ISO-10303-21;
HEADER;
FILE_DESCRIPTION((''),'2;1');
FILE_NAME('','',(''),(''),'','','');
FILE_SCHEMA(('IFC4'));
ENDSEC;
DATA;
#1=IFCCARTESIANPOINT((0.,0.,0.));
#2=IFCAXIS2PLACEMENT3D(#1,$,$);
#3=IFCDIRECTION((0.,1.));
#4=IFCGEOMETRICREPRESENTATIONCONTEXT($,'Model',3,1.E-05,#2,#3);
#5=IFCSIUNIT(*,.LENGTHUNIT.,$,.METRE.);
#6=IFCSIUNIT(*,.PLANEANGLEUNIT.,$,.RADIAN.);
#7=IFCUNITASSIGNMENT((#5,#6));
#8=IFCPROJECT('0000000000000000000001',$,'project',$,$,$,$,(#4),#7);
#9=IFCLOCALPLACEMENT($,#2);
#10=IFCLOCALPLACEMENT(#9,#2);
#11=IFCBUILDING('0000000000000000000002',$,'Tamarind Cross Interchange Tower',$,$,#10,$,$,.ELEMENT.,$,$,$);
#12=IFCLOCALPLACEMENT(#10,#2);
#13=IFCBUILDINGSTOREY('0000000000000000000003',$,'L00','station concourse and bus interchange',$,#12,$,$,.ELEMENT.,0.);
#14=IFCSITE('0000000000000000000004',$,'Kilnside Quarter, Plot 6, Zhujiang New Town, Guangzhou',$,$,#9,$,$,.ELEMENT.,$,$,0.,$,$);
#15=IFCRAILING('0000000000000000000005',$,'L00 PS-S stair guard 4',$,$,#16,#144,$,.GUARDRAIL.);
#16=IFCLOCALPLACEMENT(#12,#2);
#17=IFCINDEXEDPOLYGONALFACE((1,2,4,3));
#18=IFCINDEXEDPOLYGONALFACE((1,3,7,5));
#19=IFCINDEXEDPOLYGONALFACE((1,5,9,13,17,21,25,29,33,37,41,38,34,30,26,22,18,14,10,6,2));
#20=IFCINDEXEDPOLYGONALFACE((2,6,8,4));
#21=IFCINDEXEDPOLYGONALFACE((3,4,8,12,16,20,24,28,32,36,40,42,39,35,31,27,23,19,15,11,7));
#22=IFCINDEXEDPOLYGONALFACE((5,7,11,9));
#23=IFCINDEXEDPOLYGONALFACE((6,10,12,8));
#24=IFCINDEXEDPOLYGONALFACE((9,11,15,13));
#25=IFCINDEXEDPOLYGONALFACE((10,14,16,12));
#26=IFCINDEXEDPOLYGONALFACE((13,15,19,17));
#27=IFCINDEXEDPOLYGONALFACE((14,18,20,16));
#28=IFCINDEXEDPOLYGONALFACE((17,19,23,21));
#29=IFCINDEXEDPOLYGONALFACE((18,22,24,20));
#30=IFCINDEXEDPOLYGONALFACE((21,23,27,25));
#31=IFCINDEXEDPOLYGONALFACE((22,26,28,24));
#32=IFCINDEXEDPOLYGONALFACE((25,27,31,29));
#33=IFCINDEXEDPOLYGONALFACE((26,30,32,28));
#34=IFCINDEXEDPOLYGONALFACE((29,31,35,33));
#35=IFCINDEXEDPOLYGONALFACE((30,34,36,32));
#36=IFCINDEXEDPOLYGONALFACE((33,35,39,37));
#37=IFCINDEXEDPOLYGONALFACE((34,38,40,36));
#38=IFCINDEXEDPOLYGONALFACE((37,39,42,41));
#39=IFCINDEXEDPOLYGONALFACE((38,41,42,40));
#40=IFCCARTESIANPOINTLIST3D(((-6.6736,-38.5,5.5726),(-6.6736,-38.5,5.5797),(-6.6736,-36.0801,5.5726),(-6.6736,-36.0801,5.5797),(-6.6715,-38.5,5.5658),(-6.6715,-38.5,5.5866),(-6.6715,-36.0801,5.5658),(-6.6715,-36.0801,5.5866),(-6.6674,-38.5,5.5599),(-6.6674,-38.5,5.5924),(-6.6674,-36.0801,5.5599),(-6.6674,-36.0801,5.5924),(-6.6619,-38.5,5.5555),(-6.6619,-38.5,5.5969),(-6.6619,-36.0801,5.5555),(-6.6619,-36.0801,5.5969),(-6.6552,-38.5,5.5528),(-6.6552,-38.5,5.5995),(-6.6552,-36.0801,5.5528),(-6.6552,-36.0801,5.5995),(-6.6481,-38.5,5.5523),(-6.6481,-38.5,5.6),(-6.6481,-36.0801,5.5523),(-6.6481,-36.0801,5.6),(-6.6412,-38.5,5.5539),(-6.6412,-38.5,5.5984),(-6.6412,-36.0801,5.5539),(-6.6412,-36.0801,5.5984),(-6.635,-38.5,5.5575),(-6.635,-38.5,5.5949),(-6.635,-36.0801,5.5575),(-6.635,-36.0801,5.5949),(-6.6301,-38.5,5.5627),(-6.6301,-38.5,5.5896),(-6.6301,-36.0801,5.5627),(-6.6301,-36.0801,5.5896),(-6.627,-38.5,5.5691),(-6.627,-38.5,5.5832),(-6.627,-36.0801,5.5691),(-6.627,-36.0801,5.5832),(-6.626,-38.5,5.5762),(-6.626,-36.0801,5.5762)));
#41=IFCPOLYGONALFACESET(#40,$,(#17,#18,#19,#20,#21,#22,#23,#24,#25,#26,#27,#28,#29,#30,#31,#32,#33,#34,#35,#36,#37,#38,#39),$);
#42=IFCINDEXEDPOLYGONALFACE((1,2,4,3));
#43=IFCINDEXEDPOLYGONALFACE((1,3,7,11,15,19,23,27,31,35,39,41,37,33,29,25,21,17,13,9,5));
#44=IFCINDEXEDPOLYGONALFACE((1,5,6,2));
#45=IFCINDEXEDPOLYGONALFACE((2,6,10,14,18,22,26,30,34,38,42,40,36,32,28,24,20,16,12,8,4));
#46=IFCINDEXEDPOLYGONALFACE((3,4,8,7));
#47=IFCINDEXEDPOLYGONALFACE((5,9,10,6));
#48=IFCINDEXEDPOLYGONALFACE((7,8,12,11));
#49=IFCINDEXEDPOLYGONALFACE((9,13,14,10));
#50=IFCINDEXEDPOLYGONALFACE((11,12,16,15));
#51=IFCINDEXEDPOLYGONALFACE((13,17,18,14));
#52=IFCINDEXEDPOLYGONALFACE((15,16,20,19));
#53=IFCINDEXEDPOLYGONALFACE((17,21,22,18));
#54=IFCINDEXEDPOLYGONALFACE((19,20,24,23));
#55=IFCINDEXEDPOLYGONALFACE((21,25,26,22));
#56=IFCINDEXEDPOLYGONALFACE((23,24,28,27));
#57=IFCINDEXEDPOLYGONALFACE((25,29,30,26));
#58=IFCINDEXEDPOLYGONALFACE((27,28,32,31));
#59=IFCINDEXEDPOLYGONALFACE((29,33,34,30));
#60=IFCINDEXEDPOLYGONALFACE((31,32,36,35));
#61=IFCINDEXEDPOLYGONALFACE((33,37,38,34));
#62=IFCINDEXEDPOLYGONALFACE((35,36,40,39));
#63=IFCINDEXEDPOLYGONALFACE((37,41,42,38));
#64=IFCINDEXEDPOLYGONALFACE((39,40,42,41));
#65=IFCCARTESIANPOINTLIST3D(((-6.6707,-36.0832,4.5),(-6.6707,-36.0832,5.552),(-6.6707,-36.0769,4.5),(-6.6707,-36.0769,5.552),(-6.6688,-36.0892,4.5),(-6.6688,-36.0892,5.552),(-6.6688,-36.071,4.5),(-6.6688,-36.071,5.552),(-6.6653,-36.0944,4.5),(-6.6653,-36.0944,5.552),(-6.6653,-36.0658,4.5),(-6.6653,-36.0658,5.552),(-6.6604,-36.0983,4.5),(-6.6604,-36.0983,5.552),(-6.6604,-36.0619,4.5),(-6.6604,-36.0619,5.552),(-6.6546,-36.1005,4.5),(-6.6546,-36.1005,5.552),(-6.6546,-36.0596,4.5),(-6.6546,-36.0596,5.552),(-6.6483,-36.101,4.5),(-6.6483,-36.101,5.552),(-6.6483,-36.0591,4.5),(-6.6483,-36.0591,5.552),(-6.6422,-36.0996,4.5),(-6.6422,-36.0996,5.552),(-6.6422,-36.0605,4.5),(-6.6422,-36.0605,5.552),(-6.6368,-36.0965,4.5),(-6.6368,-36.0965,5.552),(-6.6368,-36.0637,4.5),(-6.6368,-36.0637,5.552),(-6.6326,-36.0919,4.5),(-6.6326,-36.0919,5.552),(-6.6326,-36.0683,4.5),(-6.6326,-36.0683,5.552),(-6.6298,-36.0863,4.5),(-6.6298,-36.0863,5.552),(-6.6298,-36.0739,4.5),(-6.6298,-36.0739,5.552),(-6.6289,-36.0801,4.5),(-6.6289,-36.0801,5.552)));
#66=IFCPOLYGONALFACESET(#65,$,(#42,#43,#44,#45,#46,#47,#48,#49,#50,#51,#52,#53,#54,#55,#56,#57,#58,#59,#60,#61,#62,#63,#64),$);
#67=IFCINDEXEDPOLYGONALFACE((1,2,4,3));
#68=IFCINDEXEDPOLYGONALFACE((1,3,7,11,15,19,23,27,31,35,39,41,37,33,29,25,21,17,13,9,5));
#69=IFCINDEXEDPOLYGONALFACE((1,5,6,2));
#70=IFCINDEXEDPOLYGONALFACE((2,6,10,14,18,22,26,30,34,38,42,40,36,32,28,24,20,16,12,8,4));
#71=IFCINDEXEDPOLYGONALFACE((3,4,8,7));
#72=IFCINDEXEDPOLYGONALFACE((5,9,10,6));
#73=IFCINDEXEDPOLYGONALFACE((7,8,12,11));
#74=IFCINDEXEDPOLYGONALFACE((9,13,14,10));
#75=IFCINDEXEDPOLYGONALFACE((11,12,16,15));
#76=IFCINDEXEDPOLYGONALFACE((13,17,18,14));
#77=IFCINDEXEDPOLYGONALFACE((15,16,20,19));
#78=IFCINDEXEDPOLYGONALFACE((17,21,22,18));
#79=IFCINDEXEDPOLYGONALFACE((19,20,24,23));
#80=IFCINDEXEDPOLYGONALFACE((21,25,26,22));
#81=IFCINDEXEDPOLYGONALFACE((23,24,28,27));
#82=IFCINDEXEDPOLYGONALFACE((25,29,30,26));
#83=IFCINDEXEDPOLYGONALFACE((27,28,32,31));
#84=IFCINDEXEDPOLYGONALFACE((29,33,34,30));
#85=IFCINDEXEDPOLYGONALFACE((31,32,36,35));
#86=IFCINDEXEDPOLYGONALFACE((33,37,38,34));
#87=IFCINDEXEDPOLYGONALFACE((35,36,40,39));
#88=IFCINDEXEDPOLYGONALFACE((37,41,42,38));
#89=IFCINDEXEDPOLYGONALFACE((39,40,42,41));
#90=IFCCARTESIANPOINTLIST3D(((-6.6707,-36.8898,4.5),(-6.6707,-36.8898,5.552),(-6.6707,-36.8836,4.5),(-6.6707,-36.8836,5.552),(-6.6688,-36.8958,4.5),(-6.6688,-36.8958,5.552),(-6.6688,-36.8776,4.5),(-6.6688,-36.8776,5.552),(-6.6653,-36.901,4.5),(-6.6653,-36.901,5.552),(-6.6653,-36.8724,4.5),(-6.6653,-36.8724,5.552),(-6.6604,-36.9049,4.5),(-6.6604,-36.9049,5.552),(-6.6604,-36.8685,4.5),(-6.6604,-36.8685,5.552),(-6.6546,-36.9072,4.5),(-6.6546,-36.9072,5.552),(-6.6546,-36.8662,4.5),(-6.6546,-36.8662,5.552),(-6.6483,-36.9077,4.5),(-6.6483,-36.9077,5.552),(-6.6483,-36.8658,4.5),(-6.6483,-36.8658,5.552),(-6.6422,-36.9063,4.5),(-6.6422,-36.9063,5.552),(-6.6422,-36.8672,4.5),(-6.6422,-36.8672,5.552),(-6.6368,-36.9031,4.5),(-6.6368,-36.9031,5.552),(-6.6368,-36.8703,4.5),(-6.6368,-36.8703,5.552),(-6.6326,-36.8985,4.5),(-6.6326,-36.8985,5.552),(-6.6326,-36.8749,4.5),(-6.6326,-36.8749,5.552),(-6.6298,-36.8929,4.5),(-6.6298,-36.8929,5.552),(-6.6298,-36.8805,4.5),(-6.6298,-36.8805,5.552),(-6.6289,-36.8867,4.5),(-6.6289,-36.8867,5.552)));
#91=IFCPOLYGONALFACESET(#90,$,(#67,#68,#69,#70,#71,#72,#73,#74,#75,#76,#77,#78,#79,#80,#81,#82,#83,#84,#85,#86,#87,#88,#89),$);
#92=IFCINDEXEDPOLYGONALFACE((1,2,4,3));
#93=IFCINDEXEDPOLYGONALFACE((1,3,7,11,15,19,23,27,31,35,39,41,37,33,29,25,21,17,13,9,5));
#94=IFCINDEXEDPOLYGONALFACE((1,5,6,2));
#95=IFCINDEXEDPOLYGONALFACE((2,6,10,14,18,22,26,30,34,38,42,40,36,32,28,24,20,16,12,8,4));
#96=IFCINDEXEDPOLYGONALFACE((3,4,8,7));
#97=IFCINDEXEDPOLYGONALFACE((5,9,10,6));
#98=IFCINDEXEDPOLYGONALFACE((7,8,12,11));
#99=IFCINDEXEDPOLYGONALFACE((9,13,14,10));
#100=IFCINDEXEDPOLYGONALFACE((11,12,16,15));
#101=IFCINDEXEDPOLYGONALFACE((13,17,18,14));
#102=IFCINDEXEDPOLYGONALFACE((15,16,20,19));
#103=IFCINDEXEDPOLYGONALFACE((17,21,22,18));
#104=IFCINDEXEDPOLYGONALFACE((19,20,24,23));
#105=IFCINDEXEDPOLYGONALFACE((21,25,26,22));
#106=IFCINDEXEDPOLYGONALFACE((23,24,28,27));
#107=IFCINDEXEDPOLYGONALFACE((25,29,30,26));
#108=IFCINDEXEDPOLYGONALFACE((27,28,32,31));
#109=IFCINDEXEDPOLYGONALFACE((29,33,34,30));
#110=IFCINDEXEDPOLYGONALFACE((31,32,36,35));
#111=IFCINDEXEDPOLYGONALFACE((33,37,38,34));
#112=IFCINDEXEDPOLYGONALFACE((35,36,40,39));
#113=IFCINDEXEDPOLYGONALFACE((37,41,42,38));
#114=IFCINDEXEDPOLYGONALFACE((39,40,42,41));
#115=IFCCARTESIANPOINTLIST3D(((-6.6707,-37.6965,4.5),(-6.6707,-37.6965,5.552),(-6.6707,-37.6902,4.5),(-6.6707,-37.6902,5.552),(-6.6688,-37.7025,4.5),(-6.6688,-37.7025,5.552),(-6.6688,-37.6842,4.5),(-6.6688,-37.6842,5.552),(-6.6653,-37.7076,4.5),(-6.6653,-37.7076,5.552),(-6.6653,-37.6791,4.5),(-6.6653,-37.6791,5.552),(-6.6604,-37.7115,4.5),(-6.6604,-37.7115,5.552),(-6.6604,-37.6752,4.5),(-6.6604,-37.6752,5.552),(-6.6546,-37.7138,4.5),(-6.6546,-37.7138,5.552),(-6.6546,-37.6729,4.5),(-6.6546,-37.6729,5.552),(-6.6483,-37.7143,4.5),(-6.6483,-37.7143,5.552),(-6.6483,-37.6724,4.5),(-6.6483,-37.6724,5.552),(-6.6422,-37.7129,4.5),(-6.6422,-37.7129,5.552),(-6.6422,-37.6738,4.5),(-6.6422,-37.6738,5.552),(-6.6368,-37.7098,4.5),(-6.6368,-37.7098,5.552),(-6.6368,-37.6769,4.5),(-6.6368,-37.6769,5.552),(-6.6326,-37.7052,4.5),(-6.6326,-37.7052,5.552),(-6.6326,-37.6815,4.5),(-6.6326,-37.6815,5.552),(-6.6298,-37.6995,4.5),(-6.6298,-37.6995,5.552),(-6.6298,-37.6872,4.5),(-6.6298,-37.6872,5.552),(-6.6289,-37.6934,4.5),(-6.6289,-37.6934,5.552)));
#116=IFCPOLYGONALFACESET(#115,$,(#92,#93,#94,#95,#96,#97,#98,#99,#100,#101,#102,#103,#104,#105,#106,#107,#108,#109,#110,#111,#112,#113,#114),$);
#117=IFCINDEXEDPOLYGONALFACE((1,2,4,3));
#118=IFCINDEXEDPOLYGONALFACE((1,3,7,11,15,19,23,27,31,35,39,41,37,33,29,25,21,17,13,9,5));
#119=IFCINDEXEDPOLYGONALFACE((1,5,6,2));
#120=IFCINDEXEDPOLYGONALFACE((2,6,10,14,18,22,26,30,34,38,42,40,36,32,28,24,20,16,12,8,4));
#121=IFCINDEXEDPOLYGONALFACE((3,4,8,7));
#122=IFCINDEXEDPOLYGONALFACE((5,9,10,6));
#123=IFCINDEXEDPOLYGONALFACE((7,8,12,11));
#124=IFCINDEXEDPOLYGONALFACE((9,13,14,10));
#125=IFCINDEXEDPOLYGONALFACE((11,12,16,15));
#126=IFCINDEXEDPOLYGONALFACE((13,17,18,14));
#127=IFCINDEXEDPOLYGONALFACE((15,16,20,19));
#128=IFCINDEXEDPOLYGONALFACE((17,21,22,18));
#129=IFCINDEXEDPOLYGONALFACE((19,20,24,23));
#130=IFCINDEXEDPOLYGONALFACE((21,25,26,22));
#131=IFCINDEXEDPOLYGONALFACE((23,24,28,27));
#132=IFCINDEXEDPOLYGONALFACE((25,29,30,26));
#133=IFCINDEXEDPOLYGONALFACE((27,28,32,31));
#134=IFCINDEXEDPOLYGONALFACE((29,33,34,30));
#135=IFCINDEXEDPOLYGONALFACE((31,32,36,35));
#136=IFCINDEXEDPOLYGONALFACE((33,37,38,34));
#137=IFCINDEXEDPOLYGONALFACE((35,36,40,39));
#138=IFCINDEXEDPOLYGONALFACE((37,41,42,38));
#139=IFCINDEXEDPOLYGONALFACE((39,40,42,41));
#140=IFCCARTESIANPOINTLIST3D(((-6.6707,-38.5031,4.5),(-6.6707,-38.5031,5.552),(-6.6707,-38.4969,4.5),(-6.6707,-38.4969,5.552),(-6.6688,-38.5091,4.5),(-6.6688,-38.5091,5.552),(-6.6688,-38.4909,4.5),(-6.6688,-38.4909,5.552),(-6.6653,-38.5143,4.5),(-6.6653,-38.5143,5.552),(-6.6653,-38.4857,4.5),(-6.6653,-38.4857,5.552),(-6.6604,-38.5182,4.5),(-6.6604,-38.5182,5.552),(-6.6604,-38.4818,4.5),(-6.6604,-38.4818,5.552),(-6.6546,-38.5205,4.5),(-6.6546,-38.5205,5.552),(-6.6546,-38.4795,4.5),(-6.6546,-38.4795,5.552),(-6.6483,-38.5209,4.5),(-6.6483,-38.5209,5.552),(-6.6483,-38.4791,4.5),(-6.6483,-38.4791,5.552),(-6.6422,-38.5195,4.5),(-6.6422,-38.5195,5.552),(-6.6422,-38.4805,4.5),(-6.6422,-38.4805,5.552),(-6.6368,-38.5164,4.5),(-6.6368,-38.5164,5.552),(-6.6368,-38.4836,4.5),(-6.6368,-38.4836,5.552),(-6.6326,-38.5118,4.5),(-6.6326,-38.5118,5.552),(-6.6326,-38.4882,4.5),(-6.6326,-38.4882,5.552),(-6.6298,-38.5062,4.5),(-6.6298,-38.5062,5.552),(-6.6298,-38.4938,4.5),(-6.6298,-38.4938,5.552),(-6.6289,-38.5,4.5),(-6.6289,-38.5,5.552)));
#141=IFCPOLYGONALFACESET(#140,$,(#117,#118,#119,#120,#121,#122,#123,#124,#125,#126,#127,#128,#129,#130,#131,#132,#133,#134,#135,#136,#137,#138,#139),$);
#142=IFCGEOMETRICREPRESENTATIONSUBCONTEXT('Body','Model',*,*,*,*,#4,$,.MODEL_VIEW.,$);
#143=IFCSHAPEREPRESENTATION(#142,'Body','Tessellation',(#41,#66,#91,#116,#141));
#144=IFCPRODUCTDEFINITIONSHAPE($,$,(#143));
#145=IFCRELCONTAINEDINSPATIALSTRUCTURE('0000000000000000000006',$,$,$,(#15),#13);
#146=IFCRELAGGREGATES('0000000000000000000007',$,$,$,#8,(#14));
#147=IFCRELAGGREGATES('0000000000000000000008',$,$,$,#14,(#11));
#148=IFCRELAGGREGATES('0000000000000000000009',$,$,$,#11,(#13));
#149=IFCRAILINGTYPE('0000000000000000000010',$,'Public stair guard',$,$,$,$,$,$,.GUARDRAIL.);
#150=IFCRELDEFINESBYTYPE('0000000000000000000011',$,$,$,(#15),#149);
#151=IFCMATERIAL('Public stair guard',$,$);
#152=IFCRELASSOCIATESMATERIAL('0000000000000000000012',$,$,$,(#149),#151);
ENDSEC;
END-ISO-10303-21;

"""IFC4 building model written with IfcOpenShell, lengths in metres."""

from ifc_helpers import new_model, si_unit, direction, frame, origin, origin_2d, place, context, subcontext, project, spatial, circle, extrude, material, type_object, element, save


model = new_model("IFC4")

# Units and contexts
model_context = context("Model", 3, precision=1e-05, world=origin(), true_north=direction((0.0, 1.0)))
body_context = subcontext(model_context, "Body", "Model", "MODEL_VIEW")
ifc_project = project(units=[si_unit("LENGTHUNIT", "METRE"), si_unit("PLANEANGLEUNIT", "RADIAN")], contexts=[model_context])

# Site, building, storey
site_placement = place(None, origin())
site = spatial("IfcSite", under=ifc_project, at=site_placement, Name="Kilnside Quarter, Plot 6, Zhujiang New Town, Guangzhou", CompositionType="ELEMENT", RefElevation=0.0)
building_placement = place(site_placement, origin())
building = spatial("IfcBuilding", under=site, at=building_placement, Name="Tamarind Cross Interchange Tower", CompositionType="ELEMENT")
storey_placement = place(building_placement, origin())
storey = spatial("IfcBuildingStorey", under=building, at=storey_placement, Name="L00", Description="station concourse and bus interchange", CompositionType="ELEMENT", Elevation=0.0)

# Railing
ifc_material_1 = material(Name="Public stair guard")
railing_type_1 = type_object("IfcRailingType", Name="Public stair guard", PredefinedType="GUARDRAIL", material=ifc_material_1)
railing_1_placement = place(storey_placement, frame((-6.6499, -36.0801, 4.5)))
element("IfcRailing", 1, at=railing_1_placement, inside=storey, type_object=railing_type_1, Name="L00 PS-S stair guard 4", PredefinedType="GUARDRAIL", context=body_context, shape_type="SweptSolid", body=[
    extrude(circle(Radius=0.0239, at=origin_2d()), frame((0.0, 0.0, 1.0762), z_axis=(0.0, -1.0, 0.0), x_axis=(1.0, 0.0, 0.0)), (0.0, 0.0, 1.0), 2.4199),
    extrude(circle(Radius=0.021, at=origin_2d()), origin(), (0.0, 0.0, 1.0), 1.052),
    extrude(circle(Radius=0.021, at=origin_2d()), frame((0.0, -0.8066, 0.0)), (0.0, 0.0, 1.0), 1.052),
    extrude(circle(Radius=0.021, at=origin_2d()), frame((0.0, -1.6133, 0.0)), (0.0, 0.0, 1.0), 1.052),
    extrude(circle(Radius=0.021, at=origin_2d()), frame((0.0, -2.4199, 0.0)), (0.0, 0.0, 1.0), 1.052),
])

save(model, "model.ifc")
